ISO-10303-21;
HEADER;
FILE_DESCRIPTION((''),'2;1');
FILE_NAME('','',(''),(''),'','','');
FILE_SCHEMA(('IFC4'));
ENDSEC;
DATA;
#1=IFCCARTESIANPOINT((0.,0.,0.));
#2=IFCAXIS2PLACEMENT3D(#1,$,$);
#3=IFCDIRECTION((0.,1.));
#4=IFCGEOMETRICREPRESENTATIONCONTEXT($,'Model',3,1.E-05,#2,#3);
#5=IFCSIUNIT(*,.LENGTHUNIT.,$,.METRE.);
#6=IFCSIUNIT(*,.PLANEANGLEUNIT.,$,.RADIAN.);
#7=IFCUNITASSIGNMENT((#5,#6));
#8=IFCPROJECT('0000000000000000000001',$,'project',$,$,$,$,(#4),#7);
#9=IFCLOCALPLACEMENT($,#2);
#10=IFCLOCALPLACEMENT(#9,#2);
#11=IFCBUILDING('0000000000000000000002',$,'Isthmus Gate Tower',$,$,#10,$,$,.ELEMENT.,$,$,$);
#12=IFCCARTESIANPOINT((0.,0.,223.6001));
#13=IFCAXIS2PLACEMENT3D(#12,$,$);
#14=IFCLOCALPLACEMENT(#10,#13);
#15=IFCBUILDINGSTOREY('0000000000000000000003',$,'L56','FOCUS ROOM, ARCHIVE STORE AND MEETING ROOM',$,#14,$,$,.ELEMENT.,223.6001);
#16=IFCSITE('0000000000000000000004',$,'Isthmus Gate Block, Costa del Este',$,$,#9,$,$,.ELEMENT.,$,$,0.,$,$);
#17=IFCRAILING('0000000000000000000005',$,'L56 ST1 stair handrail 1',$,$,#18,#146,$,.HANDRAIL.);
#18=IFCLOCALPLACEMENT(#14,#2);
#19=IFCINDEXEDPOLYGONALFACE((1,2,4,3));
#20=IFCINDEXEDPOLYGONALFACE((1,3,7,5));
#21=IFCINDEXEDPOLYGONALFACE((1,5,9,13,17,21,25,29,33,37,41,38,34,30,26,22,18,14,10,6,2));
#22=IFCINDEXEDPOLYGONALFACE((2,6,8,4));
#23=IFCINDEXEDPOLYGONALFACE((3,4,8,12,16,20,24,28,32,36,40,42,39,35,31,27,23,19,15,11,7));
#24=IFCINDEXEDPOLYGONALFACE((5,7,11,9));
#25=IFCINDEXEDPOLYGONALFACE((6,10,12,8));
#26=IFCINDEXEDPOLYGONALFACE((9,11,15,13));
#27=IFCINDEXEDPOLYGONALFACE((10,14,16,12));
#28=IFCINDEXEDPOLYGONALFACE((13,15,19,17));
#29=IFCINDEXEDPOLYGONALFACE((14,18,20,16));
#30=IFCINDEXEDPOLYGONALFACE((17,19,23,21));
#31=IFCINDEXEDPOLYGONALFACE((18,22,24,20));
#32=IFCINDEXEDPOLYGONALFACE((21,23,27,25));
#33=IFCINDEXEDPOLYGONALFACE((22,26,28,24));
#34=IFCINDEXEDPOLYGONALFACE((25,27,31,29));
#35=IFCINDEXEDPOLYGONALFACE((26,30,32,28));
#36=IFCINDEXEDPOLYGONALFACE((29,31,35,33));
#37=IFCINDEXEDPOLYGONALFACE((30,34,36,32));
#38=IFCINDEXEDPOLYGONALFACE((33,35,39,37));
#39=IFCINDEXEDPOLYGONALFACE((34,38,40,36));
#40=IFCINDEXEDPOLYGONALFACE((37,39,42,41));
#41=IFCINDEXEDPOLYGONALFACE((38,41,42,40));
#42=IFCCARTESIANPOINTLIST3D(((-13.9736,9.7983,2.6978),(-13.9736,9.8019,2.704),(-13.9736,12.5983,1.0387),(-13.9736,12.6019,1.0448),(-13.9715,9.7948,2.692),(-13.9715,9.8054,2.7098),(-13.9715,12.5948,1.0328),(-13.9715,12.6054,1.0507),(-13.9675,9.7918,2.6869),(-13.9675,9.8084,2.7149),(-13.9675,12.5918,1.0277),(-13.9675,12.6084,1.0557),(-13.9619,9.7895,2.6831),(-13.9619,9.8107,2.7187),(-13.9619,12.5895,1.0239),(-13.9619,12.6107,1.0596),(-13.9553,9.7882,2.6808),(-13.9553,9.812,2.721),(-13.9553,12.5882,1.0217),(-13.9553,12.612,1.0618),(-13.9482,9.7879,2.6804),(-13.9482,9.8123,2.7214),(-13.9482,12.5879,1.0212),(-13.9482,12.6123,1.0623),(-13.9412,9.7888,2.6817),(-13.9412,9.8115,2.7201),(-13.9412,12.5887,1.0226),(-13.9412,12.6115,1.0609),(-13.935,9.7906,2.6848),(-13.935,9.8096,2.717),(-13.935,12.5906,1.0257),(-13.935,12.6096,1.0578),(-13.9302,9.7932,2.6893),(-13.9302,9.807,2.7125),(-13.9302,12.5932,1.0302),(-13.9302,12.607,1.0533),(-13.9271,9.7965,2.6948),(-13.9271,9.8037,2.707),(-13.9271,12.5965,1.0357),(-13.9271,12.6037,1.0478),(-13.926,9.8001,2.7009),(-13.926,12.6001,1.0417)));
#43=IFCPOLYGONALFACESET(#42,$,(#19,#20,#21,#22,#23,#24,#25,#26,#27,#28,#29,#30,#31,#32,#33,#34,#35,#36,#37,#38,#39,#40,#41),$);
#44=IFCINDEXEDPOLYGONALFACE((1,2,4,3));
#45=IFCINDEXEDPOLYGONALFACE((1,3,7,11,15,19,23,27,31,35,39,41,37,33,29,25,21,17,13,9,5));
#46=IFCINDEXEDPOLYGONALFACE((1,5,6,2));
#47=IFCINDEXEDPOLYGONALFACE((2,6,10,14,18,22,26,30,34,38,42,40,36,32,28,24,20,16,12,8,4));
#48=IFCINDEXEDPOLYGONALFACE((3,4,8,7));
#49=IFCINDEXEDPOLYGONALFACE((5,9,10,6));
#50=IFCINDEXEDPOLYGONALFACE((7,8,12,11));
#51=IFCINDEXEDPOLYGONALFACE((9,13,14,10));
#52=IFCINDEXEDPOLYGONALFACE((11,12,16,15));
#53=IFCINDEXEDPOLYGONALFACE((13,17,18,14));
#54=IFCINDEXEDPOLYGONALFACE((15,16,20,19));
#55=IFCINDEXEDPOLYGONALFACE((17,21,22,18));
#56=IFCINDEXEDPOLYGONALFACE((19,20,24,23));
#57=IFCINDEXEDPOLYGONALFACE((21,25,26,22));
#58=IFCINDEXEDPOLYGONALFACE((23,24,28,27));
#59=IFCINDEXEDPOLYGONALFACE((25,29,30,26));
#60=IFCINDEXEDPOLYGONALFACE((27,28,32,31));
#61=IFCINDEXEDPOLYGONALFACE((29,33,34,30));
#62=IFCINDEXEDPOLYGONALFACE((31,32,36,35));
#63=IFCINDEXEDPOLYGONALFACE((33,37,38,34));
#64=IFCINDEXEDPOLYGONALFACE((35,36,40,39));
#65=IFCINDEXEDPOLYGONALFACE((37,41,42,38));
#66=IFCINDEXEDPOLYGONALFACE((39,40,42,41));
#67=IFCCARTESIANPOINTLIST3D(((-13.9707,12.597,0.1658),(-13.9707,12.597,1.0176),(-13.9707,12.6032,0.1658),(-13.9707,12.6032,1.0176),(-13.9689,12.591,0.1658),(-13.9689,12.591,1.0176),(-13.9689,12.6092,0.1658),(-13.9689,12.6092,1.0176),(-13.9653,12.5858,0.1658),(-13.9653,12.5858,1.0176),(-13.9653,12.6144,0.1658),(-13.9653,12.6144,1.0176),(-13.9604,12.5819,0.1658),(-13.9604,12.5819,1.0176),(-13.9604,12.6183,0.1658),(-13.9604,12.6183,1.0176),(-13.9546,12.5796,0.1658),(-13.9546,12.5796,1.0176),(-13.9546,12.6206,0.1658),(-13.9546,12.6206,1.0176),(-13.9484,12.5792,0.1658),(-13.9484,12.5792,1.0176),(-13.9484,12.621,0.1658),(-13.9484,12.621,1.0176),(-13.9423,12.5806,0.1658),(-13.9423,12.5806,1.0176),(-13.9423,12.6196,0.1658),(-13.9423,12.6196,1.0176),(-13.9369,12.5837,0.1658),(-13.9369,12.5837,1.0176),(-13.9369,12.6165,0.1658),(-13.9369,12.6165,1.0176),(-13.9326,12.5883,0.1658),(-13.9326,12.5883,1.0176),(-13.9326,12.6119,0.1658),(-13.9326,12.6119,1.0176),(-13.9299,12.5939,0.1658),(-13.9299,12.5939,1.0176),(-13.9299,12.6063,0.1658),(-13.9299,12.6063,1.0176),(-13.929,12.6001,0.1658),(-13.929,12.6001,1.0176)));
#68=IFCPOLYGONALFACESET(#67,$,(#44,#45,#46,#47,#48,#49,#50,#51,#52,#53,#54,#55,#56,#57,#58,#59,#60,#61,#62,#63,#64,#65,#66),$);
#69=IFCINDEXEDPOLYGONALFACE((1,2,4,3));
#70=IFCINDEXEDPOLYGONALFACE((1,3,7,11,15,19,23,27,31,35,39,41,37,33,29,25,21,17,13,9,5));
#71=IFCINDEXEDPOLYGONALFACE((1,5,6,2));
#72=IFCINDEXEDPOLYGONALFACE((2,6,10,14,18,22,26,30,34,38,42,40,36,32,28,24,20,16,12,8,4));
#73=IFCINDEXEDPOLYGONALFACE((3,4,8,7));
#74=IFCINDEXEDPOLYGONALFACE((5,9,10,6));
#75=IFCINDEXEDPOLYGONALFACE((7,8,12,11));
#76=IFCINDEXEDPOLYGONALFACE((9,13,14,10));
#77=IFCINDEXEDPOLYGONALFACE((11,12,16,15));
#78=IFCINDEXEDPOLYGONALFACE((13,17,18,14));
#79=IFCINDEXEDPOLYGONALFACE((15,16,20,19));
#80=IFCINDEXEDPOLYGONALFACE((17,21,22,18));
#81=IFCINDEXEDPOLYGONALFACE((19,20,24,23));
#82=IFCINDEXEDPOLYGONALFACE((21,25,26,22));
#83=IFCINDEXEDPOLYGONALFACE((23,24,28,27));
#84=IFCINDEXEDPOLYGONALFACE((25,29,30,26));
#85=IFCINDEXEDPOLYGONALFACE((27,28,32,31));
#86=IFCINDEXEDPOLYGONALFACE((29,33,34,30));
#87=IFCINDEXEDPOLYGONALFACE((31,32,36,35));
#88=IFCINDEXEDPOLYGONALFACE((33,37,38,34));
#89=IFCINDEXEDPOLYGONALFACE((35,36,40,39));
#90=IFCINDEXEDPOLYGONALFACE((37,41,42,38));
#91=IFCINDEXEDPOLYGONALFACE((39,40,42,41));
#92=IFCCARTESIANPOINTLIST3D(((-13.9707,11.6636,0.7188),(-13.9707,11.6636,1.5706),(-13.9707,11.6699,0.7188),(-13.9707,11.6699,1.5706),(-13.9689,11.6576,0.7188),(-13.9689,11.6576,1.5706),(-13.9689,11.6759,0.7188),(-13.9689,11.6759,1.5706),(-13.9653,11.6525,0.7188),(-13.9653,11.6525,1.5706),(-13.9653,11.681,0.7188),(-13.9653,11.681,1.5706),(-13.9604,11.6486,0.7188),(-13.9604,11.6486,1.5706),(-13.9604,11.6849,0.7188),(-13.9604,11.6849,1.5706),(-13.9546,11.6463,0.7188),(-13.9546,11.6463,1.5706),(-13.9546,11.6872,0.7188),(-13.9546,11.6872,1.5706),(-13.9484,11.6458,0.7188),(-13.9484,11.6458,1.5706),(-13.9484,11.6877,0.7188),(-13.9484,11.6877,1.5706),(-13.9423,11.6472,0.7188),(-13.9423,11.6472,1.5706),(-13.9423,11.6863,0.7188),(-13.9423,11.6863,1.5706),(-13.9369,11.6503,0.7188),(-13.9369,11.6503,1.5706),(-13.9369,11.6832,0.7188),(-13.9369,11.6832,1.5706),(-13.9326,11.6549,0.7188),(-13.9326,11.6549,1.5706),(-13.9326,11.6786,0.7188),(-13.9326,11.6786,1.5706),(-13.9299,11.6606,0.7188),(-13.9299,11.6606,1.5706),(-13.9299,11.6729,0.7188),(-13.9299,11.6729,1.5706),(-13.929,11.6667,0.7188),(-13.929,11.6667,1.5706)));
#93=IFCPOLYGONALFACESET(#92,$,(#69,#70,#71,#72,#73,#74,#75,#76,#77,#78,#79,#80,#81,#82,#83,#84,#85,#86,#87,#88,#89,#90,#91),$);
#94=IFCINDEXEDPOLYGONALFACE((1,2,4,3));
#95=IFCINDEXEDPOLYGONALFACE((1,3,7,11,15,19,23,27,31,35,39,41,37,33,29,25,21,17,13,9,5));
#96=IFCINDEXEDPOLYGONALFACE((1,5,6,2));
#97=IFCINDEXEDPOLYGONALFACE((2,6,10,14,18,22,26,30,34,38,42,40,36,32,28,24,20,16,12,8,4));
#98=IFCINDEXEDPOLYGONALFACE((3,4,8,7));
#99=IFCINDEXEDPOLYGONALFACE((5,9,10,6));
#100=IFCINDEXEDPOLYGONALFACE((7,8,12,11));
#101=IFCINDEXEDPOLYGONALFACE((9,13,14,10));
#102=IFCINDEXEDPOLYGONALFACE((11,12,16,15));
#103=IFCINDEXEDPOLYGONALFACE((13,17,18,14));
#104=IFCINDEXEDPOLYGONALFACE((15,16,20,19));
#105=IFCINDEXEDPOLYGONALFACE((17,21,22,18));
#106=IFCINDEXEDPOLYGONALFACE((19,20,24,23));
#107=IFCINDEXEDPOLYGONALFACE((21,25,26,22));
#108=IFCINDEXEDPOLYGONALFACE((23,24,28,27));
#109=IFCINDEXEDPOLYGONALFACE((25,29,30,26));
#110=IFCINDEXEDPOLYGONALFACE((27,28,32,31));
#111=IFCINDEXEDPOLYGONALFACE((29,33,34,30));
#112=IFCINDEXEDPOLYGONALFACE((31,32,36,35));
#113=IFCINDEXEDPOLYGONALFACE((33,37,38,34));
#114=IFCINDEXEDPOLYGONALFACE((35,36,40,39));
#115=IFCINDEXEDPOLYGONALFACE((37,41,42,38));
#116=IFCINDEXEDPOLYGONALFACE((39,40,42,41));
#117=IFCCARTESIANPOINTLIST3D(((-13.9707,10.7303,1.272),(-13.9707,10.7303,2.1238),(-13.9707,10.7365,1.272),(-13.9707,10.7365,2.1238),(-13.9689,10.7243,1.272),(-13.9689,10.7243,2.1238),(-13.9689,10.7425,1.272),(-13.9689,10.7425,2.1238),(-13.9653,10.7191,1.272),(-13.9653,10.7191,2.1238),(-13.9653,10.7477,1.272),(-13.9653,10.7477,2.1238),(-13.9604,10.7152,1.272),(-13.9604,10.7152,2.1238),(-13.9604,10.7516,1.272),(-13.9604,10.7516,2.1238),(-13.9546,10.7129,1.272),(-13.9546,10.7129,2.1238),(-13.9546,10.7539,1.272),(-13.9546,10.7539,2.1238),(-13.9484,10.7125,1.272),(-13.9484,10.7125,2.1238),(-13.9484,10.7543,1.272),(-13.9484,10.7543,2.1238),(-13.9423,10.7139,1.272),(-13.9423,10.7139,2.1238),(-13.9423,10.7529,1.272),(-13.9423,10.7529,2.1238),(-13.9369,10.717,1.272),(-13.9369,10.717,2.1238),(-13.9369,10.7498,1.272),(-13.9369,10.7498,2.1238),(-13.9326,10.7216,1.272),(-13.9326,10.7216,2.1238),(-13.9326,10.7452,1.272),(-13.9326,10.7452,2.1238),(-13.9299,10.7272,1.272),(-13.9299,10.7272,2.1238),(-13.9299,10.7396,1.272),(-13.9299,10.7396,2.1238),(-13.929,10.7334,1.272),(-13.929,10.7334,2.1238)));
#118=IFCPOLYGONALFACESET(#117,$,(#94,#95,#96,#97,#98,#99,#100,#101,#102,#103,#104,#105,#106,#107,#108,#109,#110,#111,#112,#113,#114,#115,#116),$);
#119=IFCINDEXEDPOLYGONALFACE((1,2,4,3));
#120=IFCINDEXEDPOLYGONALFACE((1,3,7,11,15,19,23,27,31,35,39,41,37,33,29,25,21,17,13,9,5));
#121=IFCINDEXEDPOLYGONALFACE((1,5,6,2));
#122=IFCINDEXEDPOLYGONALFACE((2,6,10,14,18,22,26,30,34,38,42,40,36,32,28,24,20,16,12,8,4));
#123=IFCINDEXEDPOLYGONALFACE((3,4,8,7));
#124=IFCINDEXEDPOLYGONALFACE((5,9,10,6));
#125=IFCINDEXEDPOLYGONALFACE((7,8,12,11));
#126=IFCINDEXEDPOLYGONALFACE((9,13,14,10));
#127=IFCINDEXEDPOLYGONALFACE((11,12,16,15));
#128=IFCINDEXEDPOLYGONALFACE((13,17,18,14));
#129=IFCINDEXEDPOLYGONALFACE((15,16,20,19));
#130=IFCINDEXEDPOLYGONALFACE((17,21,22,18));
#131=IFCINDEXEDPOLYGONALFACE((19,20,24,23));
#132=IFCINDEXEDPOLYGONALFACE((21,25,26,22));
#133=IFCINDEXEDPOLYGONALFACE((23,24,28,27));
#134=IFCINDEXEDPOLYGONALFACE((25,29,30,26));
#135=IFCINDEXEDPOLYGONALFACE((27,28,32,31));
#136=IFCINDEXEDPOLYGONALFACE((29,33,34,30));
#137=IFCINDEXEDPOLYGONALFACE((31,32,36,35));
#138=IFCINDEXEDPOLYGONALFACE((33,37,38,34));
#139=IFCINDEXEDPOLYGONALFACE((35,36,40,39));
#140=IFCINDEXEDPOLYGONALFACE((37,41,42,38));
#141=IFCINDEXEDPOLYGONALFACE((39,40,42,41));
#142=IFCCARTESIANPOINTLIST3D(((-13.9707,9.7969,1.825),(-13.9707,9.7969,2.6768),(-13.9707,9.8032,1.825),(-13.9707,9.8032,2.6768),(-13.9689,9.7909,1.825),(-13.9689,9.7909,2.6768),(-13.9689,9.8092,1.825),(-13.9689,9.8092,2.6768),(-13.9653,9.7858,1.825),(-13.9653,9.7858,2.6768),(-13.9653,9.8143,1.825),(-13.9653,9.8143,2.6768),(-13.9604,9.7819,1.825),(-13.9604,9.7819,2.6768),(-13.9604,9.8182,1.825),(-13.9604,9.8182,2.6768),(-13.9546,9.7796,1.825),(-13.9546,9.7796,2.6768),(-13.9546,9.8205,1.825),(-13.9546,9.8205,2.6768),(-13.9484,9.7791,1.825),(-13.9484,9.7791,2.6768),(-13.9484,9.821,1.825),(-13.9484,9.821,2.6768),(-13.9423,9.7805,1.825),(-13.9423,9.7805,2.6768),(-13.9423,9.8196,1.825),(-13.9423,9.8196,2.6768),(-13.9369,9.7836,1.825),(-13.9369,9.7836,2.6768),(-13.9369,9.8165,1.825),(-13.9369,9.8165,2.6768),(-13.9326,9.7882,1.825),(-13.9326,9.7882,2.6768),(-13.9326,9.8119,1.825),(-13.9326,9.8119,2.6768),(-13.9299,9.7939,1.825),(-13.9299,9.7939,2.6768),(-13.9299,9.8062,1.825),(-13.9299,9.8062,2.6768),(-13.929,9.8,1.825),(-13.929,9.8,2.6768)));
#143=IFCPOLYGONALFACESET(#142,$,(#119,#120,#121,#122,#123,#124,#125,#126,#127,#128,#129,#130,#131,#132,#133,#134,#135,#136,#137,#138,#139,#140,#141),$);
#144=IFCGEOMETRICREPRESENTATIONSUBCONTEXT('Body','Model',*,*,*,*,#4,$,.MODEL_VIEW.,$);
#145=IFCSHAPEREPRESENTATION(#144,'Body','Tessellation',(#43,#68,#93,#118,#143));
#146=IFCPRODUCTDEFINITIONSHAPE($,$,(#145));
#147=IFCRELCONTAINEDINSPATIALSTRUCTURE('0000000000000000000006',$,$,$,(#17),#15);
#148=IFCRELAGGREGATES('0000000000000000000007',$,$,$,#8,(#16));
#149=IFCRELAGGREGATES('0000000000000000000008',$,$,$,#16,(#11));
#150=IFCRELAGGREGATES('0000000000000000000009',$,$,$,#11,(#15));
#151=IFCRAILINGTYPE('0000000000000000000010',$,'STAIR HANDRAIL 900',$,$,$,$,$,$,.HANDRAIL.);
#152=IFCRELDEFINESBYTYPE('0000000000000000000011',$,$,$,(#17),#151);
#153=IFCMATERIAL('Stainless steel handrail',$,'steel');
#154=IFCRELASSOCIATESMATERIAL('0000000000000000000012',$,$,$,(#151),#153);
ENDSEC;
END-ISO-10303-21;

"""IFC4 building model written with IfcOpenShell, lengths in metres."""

from ifc_helpers import new_model, si_unit, direction, frame, origin, origin_2d, place, context, subcontext, project, spatial, circle, extrude, material, type_object, element, save


model = new_model("IFC4")

# Units and contexts
model_context = context("Model", 3, precision=1e-05, world=origin(), true_north=direction((0.0, 1.0)))
body_context = subcontext(model_context, "Body", "Model", "MODEL_VIEW")
ifc_project = project(units=[si_unit("LENGTHUNIT", "METRE"), si_unit("PLANEANGLEUNIT", "RADIAN")], contexts=[model_context])

# Site, building, storey
site_placement = place(None, origin())
site = spatial("IfcSite", under=ifc_project, at=site_placement, Name="Isthmus Gate Block, Costa del Este", CompositionType="ELEMENT", RefElevation=0.0)
building_placement = place(site_placement, origin())
building = spatial("IfcBuilding", under=site, at=building_placement, Name="Isthmus Gate Tower", CompositionType="ELEMENT")
storey_placement = place(building_placement, frame((0.0, 0.0, 223.6001)))
storey = spatial("IfcBuildingStorey", under=building, at=storey_placement, Name="L56", Description="FOCUS ROOM, ARCHIVE STORE AND MEETING ROOM", CompositionType="ELEMENT", Elevation=223.6001)

# Railing
ifc_material_1 = material(Name="Stainless steel handrail", Category="steel")
railing_type = type_object("IfcRailingType", Name="STAIR HANDRAIL 900", PredefinedType="HANDRAIL", material=ifc_material_1)
for number, where, name in (
    (1, (-13.95, 12.6001, 0.1658), "L56 ST1 stair handrail 1"),
):
    element("IfcRailing", number, at=place(storey_placement, frame(where)), inside=storey, type_object=railing_type, Name=name, PredefinedType="HANDRAIL", context=body_context, shape_type="SweptSolid", body=[
        extrude(circle(Radius=0.0239, at=origin_2d()), frame((0.0, 0.0, 0.876), z_axis=(0.0, -0.860306, 0.509778), x_axis=(1.0, 0.0, 0.0)), (0.0, 0.0, 1.0), 3.2546),
        extrude(circle(Radius=0.021, at=origin_2d()), origin(), (0.0, 0.0, 1.0), 0.8518),
        extrude(circle(Radius=0.021, at=origin_2d()), frame((0.0, -0.9333, 0.553)), (0.0, 0.0, 1.0), 0.8518),
        extrude(circle(Radius=0.021, at=origin_2d()), frame((0.0, -1.8667, 1.1062)), (0.0, 0.0, 1.0), 0.8518),
        extrude(circle(Radius=0.021, at=origin_2d()), frame((0.0, -2.8, 1.6592)), (0.0, 0.0, 1.0), 0.8518),
    ])

save(model, "model.ifc")
